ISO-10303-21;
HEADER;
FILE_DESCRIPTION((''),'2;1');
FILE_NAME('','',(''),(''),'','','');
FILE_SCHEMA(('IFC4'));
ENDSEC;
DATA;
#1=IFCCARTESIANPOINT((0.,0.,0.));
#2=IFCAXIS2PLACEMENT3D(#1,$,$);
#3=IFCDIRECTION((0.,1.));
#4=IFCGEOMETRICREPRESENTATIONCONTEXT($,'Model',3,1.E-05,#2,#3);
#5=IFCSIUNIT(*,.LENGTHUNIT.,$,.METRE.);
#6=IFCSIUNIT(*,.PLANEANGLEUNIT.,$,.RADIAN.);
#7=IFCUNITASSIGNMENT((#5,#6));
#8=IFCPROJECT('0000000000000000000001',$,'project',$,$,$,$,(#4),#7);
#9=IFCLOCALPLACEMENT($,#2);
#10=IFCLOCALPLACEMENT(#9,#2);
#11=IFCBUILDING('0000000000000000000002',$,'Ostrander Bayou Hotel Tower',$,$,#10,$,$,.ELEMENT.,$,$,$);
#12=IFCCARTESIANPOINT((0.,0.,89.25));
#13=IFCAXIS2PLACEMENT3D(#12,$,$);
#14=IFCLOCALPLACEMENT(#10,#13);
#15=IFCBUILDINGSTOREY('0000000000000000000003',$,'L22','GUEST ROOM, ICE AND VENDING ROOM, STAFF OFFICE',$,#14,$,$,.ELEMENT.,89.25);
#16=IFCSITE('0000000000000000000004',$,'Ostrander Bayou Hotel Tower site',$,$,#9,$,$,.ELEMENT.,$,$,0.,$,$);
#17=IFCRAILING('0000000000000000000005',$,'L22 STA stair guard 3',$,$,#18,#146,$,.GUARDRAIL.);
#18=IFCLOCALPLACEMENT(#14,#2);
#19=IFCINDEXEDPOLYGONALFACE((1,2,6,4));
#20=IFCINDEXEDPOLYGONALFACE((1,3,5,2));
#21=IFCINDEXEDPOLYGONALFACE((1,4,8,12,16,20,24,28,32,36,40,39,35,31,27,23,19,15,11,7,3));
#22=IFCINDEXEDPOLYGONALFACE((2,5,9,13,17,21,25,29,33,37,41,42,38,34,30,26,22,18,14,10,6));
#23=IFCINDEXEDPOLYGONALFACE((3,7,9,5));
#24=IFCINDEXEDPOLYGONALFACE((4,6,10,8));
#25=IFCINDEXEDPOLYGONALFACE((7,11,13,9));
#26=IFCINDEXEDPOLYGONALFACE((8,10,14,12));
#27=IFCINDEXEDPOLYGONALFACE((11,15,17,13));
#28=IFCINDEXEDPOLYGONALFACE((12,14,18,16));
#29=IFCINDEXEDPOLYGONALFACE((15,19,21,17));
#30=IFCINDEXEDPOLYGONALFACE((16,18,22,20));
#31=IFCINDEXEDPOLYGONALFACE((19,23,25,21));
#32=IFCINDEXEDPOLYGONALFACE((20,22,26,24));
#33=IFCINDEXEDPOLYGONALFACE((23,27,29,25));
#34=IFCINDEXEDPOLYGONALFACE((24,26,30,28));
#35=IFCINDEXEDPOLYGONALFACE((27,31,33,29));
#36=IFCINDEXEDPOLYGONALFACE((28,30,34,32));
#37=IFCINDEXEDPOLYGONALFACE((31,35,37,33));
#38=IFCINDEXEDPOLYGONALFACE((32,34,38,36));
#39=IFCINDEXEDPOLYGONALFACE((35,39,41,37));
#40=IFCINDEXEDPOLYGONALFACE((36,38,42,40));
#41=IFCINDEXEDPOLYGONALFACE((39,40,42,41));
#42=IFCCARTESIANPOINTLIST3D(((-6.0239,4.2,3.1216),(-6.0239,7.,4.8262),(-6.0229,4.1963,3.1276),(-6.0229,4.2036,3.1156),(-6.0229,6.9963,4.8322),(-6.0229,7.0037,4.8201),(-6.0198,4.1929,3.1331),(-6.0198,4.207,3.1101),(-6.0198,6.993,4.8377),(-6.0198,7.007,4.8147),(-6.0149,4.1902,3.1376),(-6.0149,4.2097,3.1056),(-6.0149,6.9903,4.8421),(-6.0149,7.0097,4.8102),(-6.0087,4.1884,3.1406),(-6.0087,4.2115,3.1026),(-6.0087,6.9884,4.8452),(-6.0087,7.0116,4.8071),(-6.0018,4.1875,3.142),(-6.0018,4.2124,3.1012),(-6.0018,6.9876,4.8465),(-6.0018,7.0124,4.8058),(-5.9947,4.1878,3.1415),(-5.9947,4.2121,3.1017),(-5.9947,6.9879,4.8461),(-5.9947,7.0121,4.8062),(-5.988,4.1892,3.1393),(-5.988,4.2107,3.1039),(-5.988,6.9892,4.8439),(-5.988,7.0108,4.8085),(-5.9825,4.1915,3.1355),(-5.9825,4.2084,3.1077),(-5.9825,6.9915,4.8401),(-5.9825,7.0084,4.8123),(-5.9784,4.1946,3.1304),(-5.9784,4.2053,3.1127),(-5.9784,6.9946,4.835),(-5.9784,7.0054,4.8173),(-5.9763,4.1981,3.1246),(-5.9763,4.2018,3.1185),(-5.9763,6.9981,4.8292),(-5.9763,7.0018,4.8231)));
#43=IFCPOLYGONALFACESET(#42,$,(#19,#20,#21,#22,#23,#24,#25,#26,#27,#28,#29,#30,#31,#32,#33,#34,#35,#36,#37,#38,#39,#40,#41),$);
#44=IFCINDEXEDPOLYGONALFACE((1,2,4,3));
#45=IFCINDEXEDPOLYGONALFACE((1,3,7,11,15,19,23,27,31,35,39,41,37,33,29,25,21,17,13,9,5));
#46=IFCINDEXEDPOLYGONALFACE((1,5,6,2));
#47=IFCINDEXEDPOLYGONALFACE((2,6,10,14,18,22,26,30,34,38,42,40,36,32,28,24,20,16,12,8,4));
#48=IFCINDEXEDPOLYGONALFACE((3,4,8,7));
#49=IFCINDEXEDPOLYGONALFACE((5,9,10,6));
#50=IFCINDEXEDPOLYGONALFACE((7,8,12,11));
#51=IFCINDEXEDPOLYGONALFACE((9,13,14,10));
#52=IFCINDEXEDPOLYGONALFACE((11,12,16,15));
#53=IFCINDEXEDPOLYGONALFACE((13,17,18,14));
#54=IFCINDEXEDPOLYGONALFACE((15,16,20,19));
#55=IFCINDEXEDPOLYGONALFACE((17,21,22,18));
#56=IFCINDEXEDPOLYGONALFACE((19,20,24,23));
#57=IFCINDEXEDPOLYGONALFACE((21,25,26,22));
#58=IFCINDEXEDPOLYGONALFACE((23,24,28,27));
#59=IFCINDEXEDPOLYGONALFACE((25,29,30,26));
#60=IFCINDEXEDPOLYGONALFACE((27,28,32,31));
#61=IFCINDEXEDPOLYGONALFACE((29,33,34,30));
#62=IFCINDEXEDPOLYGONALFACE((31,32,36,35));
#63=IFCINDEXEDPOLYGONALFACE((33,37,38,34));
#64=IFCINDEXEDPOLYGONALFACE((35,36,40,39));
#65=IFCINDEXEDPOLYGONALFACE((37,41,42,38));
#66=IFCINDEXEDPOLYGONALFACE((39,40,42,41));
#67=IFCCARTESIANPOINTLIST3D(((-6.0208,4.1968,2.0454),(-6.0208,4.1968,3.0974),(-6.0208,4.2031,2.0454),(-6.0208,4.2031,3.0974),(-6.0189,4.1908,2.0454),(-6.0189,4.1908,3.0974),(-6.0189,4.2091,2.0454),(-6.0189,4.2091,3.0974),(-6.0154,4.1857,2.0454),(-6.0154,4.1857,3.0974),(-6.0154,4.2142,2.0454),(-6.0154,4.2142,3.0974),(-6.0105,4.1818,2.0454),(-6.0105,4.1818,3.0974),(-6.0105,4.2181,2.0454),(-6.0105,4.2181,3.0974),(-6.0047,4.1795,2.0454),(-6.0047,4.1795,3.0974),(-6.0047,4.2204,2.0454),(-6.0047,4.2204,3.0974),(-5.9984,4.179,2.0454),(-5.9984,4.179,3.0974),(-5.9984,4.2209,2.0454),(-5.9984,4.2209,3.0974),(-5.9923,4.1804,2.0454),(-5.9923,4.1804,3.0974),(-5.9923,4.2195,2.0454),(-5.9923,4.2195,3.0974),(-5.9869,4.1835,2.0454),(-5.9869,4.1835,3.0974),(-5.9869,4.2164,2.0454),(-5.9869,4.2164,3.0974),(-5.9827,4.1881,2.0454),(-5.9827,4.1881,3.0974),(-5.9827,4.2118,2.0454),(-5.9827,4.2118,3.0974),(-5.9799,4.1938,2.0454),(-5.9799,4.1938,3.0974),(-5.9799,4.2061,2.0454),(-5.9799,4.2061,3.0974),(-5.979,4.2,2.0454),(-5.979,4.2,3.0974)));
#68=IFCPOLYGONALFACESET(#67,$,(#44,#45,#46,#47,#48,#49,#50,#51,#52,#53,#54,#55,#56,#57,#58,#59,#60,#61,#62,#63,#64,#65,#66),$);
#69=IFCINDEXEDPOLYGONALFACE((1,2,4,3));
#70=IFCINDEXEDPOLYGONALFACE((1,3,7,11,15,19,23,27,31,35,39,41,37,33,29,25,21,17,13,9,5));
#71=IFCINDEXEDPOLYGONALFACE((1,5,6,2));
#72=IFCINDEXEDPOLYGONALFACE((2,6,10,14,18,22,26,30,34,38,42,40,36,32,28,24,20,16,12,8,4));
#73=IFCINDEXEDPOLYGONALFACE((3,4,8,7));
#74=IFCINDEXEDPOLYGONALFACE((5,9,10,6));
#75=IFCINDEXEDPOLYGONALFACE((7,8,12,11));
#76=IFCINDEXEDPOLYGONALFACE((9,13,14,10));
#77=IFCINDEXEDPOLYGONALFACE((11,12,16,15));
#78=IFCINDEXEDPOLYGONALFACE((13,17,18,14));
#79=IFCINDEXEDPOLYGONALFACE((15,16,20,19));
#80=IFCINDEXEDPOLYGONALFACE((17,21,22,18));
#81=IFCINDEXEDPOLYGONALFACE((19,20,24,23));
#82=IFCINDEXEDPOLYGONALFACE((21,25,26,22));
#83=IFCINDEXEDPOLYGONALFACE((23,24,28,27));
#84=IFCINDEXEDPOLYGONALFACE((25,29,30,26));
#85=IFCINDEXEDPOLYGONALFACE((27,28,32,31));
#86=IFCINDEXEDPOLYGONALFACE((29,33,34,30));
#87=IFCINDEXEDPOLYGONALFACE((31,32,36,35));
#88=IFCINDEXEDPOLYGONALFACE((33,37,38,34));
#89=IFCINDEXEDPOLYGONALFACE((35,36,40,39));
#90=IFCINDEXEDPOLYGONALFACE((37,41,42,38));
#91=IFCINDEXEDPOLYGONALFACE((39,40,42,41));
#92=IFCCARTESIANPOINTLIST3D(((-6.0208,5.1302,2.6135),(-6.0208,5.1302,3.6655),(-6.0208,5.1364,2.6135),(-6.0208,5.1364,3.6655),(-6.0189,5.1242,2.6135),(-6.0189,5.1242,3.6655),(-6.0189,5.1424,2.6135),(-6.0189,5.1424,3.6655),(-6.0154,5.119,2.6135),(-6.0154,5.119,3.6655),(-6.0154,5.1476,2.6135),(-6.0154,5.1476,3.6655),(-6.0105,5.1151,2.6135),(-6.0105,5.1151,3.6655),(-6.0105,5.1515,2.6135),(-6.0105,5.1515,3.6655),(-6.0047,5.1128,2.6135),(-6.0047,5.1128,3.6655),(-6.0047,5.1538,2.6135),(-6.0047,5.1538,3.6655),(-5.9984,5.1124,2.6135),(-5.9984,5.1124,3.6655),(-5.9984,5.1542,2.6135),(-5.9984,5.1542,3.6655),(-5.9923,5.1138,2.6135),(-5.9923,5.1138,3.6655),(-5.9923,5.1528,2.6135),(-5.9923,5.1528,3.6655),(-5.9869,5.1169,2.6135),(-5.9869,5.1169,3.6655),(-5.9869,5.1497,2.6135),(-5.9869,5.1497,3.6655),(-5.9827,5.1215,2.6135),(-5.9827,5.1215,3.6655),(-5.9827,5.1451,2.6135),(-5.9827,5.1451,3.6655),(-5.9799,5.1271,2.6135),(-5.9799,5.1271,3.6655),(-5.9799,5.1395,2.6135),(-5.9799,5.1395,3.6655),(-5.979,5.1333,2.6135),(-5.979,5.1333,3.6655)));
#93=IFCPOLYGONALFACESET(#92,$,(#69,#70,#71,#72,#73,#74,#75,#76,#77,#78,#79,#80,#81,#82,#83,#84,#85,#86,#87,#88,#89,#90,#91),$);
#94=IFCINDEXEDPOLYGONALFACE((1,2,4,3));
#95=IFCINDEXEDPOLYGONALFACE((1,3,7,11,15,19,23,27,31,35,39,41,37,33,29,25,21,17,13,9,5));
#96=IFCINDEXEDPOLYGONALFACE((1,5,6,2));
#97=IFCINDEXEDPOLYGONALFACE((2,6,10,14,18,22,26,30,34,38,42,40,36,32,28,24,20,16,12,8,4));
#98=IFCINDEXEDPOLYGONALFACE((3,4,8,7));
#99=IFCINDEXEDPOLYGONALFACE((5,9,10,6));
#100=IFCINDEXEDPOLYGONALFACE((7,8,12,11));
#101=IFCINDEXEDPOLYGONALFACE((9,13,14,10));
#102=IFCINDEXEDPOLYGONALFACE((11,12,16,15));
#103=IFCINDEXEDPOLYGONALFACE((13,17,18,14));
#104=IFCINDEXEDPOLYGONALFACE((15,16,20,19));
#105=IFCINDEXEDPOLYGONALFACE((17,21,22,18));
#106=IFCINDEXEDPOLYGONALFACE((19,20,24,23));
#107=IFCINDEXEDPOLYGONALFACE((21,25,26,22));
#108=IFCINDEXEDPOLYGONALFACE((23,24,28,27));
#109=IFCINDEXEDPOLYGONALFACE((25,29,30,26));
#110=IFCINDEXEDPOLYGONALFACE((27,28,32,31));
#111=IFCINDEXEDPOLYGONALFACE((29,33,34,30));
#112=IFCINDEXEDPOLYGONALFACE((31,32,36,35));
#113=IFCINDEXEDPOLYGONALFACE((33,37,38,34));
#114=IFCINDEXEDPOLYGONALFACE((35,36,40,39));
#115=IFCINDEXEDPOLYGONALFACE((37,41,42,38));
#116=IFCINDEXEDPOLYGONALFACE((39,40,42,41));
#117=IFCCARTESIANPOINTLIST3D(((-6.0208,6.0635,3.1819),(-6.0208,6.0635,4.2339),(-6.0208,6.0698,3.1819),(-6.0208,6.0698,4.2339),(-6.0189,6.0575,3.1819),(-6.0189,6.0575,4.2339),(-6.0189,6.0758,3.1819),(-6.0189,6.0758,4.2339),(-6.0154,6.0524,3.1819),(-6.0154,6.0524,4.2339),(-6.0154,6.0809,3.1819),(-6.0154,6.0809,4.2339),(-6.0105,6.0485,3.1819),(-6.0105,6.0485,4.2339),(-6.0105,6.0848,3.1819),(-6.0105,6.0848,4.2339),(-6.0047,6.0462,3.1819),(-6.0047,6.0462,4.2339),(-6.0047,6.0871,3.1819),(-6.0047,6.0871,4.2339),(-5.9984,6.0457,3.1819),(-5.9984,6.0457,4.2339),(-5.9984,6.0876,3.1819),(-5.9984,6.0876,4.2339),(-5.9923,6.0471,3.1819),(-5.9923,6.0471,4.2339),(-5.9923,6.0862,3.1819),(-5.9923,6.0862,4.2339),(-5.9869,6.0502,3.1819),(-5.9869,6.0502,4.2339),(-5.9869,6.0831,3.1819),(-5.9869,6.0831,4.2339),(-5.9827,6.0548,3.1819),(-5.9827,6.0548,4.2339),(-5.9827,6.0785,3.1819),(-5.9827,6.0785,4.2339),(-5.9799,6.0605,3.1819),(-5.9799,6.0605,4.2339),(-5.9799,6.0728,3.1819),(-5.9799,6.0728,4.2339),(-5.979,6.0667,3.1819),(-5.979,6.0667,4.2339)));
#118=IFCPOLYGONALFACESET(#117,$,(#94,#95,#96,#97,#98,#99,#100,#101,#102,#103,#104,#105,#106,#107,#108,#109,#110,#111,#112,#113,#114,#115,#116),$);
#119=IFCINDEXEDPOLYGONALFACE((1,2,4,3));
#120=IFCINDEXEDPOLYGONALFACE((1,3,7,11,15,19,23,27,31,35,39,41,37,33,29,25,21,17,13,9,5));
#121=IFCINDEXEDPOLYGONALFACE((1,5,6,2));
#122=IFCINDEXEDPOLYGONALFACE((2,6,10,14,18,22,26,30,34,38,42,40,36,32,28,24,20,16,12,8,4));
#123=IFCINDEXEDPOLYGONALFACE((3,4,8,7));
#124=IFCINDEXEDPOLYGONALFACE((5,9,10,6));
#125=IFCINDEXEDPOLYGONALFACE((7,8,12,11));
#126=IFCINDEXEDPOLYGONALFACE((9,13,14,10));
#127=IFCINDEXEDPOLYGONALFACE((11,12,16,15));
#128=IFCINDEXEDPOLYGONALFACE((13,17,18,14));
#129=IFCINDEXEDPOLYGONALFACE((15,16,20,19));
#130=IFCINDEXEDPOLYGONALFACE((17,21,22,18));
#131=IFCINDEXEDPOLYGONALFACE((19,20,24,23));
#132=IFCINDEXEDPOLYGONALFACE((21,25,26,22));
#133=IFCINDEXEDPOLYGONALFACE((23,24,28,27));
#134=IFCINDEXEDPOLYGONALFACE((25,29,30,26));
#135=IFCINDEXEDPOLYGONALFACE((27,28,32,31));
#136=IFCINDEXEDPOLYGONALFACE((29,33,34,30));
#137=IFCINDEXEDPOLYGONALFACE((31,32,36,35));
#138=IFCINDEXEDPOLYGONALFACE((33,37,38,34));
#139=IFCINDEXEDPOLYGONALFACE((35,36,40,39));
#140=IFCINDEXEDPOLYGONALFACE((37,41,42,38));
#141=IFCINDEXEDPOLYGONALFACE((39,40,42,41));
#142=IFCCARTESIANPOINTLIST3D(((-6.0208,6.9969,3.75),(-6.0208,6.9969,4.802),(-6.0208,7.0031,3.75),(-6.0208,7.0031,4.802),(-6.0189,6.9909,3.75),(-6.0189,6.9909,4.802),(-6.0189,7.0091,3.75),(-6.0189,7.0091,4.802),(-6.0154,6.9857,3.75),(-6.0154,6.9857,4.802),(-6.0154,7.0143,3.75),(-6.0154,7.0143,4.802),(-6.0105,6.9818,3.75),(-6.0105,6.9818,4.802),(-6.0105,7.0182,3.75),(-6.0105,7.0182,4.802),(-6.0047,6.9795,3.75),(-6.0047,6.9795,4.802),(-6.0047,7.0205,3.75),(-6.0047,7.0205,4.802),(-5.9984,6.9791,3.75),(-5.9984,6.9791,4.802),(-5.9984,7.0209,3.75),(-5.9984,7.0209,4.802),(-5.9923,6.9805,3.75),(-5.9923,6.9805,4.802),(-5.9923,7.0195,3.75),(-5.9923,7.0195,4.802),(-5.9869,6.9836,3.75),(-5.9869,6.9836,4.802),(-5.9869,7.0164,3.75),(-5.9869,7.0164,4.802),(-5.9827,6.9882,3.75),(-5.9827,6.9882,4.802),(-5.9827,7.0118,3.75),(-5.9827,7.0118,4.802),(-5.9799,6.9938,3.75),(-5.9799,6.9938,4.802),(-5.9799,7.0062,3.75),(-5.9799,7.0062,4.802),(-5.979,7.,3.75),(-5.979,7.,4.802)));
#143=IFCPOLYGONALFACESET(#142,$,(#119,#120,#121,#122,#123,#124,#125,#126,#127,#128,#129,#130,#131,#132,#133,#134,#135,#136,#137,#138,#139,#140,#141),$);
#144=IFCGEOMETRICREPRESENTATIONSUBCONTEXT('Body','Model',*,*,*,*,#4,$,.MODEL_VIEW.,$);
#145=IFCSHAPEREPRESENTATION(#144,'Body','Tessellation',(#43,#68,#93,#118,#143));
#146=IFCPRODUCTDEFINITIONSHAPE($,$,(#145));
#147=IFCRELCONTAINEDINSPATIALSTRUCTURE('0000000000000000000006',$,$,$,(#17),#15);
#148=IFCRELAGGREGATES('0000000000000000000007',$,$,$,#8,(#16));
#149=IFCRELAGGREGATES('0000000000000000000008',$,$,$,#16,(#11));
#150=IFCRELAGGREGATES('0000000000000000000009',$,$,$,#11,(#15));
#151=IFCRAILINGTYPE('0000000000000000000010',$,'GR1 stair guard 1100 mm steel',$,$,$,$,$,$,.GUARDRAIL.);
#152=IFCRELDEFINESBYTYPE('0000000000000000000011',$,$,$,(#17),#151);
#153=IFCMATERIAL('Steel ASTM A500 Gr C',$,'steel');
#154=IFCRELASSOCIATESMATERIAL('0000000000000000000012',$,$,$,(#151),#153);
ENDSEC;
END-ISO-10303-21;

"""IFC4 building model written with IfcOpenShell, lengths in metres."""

from ifc_helpers import new_model, si_unit, direction, frame, origin, origin_2d, place, context, subcontext, project, spatial, circle, extrude, material, type_object, element, save


model = new_model("IFC4")

# Units and contexts
model_context = context("Model", 3, precision=1e-05, world=origin(), true_north=direction((0.0, 1.0)))
body_context = subcontext(model_context, "Body", "Model", "MODEL_VIEW")
ifc_project = project(units=[si_unit("LENGTHUNIT", "METRE"), si_unit("PLANEANGLEUNIT", "RADIAN")], contexts=[model_context])

# Site, building, storey
site_placement = place(None, origin())
site = spatial("IfcSite", under=ifc_project, at=site_placement, Name="Ostrander Bayou Hotel Tower site", CompositionType="ELEMENT", RefElevation=0.0)
building_placement = place(site_placement, origin())
building = spatial("IfcBuilding", under=site, at=building_placement, Name="Ostrander Bayou Hotel Tower", CompositionType="ELEMENT")
storey_placement = place(building_placement, frame((0.0, 0.0, 89.25)))
storey = spatial("IfcBuildingStorey", under=building, at=storey_placement, Name="L22", Description="GUEST ROOM, ICE AND VENDING ROOM, STAFF OFFICE", CompositionType="ELEMENT", Elevation=89.25)

# Railing
ifc_material_1 = material(Name="Steel ASTM A500 Gr C", Category="steel")
railing_type_1 = type_object("IfcRailingType", Name="GR1 stair guard 1100 mm steel", PredefinedType="GUARDRAIL", material=ifc_material_1)
railing_1_placement = place(storey_placement, frame((-6.0, 4.2, 2.0454)))
element("IfcRailing", 1, at=railing_1_placement, inside=storey, type_object=railing_type_1, Name="L22 STA stair guard 3", PredefinedType="GUARDRAIL", context=body_context, shape_type="SweptSolid", body=[
    extrude(circle(Radius=0.0239, at=origin_2d()), frame((0.0, 0.0, 1.0762), z_axis=(0.0, 0.85417, 0.519994), x_axis=(-1.0, 0.0, 0.0)), (0.0, 0.0, 1.0), 3.2781),
    extrude(circle(Radius=0.021, at=origin_2d()), origin(), (0.0, 0.0, 1.0), 1.052),
    extrude(circle(Radius=0.021, at=origin_2d()), frame((0.0, 0.9333, 0.5681)), (0.0, 0.0, 1.0), 1.052),
    extrude(circle(Radius=0.021, at=origin_2d()), frame((0.0, 1.8667, 1.1365)), (0.0, 0.0, 1.0), 1.052),
    extrude(circle(Radius=0.021, at=origin_2d()), frame((0.0, 2.8, 1.7046)), (0.0, 0.0, 1.0), 1.052),
])

save(model, "model.ifc")
